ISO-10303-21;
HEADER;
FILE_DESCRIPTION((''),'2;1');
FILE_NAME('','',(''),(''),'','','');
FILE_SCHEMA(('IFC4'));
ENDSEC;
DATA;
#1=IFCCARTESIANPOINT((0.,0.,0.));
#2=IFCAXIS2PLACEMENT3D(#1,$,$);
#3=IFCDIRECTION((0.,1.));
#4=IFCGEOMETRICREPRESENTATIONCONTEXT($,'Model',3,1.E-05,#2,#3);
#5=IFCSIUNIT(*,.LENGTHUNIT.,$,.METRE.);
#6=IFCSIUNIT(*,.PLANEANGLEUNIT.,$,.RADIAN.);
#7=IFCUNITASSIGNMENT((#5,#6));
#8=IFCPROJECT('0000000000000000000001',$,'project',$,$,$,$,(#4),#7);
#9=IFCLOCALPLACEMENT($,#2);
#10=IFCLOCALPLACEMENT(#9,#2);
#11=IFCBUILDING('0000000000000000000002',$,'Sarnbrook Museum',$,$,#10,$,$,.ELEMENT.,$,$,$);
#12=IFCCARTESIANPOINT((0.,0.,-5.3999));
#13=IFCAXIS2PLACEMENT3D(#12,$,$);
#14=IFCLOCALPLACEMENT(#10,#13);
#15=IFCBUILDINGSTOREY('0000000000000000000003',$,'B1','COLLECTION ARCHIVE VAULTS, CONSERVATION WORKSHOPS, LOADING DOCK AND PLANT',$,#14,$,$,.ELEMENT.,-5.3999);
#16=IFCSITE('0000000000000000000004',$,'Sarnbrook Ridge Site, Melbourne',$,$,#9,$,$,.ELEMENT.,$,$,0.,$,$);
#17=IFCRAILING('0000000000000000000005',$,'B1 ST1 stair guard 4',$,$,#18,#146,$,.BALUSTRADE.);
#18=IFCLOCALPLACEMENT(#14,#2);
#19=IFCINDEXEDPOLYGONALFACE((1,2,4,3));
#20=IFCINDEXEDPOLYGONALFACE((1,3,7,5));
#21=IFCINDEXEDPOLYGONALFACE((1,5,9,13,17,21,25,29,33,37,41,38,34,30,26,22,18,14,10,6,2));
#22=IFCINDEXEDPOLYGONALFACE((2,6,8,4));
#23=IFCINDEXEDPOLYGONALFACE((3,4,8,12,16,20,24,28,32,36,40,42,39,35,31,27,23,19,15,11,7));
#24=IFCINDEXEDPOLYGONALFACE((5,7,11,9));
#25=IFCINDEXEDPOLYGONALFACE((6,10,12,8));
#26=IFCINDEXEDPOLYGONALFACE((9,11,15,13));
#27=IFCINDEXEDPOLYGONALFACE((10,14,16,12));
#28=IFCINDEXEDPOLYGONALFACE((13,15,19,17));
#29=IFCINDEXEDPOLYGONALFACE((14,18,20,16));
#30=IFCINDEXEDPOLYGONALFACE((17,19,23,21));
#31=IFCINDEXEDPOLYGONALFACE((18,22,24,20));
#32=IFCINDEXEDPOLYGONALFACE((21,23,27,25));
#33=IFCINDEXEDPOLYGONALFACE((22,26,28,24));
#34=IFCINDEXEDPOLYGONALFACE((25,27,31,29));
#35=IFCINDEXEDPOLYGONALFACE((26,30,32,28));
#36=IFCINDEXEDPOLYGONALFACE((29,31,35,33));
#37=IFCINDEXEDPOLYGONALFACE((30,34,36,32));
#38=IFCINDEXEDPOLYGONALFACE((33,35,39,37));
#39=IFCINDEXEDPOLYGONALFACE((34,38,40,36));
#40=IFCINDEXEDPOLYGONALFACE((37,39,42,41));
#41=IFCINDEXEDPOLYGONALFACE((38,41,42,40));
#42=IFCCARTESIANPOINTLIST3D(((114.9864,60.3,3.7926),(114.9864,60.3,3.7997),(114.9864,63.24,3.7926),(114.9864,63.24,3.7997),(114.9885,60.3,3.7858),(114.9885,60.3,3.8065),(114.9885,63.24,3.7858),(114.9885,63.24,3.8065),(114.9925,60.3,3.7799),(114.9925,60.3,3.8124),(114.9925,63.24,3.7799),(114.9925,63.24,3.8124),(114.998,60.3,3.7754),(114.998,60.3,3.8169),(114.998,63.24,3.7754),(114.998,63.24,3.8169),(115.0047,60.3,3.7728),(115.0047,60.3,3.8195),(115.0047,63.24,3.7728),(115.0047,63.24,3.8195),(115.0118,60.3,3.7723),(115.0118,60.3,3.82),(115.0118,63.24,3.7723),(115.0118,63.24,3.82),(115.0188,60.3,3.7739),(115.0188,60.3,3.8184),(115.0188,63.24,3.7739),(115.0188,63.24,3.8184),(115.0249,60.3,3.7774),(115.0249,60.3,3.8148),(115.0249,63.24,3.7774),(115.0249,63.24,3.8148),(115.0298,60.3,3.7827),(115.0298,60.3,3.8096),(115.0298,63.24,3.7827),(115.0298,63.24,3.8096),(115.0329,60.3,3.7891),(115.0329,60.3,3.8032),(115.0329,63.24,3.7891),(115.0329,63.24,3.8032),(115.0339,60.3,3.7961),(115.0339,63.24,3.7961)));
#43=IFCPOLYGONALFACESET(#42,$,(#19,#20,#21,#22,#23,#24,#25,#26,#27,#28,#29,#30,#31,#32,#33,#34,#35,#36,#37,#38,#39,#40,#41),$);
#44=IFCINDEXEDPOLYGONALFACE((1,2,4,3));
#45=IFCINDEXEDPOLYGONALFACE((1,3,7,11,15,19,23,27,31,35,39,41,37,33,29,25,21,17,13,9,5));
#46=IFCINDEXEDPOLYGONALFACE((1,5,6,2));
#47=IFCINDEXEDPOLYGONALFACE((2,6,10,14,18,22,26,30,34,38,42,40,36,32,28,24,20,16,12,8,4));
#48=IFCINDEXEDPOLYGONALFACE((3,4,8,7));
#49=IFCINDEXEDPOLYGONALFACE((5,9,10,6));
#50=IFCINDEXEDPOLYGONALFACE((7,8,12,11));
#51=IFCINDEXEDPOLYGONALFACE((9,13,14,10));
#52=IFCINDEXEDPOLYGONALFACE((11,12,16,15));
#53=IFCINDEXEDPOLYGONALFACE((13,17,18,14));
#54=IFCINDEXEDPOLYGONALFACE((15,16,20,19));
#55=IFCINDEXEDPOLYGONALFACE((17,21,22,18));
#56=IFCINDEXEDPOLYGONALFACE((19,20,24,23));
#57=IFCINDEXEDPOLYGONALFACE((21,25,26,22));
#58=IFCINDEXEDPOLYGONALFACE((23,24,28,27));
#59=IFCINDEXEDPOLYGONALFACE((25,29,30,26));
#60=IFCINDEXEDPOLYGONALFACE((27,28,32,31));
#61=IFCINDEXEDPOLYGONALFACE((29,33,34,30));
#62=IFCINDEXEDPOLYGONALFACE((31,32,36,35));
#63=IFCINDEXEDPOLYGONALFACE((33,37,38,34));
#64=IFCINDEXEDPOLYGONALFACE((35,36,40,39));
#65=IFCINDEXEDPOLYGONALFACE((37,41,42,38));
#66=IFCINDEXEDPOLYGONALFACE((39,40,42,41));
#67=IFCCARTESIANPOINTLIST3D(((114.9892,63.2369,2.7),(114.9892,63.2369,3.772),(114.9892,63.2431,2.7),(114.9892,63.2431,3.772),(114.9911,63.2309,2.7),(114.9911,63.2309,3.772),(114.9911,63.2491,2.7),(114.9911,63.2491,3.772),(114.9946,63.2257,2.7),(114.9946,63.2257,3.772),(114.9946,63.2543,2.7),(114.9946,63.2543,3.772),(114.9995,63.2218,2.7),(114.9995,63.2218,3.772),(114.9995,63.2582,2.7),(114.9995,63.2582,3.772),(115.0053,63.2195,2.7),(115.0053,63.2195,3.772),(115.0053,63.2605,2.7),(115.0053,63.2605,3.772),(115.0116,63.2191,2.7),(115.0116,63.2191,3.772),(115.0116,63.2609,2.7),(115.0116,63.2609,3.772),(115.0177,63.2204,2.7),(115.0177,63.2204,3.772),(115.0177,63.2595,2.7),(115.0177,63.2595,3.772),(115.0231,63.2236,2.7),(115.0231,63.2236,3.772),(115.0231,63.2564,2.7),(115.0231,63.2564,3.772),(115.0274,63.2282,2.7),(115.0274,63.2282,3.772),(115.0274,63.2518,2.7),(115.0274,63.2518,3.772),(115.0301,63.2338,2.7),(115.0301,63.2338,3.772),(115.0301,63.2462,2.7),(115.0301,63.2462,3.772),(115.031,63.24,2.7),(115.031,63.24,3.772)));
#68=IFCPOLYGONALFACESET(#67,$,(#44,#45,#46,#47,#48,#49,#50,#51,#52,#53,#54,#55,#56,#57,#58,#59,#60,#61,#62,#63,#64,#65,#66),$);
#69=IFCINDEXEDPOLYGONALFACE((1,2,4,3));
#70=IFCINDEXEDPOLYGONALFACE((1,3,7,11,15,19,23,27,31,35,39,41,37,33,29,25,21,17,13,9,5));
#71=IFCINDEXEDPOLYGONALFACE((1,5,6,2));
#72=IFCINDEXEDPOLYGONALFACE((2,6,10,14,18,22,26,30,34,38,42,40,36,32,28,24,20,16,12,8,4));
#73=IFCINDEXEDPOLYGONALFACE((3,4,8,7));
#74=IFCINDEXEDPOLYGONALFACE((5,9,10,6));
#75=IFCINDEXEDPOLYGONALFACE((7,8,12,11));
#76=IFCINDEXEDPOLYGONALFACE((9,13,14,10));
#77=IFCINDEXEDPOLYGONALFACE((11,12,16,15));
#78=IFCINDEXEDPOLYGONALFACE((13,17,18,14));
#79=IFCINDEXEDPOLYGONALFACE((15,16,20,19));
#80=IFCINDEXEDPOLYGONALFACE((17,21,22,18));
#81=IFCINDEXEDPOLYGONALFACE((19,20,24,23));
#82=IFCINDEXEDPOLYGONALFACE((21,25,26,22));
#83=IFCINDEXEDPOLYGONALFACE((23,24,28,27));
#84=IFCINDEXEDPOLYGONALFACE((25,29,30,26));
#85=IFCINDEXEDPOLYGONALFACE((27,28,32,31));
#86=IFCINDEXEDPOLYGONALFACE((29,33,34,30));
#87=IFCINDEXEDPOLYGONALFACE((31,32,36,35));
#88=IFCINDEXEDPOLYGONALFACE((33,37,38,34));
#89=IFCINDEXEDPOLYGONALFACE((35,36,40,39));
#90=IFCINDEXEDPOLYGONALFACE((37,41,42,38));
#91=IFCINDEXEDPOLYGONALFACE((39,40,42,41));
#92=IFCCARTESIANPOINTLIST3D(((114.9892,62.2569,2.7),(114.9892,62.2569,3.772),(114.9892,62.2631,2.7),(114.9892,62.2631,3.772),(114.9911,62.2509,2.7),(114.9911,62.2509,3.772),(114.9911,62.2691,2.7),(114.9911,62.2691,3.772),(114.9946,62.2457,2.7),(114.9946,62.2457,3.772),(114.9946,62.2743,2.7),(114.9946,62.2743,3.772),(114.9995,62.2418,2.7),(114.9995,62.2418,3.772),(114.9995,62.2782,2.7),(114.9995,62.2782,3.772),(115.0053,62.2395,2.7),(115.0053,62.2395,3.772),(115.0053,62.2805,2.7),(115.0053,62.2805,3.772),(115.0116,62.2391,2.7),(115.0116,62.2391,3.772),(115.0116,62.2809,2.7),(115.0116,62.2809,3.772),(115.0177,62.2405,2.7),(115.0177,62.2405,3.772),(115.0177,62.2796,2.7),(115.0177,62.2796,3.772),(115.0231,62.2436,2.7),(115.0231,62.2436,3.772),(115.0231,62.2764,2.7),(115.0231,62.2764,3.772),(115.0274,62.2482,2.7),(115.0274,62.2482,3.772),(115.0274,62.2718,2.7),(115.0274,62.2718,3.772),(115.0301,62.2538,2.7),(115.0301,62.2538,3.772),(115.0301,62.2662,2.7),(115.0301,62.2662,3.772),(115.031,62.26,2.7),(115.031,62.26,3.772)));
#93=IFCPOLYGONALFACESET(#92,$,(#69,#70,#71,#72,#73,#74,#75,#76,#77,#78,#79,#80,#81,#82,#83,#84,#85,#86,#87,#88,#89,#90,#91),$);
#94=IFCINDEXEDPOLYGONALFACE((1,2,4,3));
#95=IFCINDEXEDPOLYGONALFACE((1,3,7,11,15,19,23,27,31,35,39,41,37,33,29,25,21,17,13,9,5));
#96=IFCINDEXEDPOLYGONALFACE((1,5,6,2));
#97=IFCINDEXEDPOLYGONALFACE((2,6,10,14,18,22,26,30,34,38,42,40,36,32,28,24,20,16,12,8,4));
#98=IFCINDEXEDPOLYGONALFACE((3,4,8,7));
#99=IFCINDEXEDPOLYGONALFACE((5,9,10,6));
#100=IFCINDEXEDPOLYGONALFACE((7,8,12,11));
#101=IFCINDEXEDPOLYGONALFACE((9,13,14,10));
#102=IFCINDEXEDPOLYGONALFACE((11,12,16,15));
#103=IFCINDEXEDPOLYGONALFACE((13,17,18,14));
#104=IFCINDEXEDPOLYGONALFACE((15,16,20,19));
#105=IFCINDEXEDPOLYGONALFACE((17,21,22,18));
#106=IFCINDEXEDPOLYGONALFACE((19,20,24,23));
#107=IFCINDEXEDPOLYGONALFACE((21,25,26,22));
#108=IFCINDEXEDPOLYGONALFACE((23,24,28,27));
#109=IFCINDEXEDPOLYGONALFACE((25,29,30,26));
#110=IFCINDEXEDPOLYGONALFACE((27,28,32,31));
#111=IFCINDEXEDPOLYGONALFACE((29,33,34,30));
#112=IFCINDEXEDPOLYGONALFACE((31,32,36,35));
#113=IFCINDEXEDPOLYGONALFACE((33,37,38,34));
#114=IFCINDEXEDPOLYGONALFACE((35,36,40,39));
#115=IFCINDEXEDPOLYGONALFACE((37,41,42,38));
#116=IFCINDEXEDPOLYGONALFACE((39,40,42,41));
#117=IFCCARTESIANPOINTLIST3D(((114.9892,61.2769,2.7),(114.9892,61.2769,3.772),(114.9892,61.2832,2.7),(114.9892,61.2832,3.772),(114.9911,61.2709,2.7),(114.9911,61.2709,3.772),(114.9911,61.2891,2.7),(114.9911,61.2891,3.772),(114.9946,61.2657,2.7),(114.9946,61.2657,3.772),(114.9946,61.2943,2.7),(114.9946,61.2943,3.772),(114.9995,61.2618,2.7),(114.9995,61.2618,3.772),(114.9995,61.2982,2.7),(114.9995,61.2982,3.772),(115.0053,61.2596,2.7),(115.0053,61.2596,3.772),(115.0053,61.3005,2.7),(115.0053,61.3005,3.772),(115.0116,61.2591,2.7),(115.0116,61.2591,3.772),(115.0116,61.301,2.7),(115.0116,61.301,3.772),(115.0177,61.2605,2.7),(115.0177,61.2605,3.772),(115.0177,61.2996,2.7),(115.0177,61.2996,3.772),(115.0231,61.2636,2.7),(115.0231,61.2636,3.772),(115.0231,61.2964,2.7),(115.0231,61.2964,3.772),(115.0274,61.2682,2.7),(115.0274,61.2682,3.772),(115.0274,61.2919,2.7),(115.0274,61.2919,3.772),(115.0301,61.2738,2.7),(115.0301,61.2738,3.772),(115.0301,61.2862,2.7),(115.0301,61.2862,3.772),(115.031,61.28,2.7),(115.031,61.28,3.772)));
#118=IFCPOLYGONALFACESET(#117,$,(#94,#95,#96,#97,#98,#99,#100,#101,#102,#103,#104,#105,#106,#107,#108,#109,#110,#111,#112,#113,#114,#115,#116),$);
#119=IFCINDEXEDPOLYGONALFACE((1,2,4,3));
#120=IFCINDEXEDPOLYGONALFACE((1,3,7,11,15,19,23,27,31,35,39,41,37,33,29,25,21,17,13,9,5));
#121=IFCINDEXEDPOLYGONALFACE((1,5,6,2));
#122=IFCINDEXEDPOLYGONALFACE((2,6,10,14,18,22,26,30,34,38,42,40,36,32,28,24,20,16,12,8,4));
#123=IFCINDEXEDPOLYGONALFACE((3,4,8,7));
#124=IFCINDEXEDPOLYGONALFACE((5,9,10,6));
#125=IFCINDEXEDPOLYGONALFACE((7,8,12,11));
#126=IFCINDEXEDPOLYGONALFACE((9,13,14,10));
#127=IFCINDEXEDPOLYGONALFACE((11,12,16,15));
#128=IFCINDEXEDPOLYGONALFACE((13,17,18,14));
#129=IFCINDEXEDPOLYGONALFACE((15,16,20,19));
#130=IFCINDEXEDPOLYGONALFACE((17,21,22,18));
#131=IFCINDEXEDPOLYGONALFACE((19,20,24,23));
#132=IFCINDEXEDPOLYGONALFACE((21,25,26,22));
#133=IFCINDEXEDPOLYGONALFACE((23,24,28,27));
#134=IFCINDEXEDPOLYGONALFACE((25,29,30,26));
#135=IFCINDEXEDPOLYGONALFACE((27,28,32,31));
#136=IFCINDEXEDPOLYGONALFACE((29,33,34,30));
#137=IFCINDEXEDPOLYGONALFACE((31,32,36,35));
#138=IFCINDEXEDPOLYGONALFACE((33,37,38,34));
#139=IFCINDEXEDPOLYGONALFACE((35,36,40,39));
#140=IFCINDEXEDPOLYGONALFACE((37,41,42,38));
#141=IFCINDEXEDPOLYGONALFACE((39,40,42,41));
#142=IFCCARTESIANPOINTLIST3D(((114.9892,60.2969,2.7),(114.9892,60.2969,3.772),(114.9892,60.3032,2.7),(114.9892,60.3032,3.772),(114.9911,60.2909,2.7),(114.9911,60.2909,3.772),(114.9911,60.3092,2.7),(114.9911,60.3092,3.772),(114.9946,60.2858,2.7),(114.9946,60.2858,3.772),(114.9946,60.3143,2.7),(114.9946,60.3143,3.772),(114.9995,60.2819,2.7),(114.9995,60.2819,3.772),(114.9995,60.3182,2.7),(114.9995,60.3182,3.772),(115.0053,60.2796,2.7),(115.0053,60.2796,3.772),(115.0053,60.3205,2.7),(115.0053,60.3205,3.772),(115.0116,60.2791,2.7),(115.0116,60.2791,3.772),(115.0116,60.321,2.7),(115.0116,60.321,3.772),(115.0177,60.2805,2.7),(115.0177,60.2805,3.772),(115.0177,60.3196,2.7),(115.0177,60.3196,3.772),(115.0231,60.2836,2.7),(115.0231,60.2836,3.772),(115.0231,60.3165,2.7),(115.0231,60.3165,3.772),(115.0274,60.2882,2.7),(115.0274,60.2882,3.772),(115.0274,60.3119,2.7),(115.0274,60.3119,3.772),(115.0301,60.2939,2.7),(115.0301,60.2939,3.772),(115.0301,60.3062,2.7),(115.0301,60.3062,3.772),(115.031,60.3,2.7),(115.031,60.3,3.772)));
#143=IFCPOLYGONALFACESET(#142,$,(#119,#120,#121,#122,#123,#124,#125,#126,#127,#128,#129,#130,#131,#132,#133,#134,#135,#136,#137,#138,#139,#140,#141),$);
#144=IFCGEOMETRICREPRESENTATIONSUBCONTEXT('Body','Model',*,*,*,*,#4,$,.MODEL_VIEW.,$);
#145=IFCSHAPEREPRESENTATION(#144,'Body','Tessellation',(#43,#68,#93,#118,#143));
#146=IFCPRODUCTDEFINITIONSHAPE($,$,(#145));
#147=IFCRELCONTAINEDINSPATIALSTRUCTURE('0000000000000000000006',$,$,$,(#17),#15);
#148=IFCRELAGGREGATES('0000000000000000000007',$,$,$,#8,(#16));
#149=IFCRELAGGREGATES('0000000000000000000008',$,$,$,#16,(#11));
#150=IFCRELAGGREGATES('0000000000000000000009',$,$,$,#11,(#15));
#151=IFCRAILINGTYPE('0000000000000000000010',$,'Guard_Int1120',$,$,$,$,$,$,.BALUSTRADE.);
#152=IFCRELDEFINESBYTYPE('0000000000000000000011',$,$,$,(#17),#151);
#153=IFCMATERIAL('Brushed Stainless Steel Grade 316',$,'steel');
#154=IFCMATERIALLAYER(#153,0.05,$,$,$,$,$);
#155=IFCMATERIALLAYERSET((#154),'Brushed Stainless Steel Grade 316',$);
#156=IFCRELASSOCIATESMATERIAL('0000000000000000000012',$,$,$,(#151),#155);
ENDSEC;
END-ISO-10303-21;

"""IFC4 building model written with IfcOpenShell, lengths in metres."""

from ifc_helpers import new_model, si_unit, direction, frame, origin, origin_2d, place, context, subcontext, project, spatial, circle, extrude, material, layer, layer_set, type_object, element, save


model = new_model("IFC4")

# Units and contexts
model_context = context("Model", 3, precision=1e-05, world=origin(), true_north=direction((0.0, 1.0)))
body_context = subcontext(model_context, "Body", "Model", "MODEL_VIEW")
ifc_project = project(units=[si_unit("LENGTHUNIT", "METRE"), si_unit("PLANEANGLEUNIT", "RADIAN")], contexts=[model_context])

# Site, building, storey
site_placement = place(None, origin())
site = spatial("IfcSite", under=ifc_project, at=site_placement, Name="Sarnbrook Ridge Site, Melbourne", CompositionType="ELEMENT", RefElevation=0.0)
building_placement = place(site_placement, origin())
building = spatial("IfcBuilding", under=site, at=building_placement, Name="Sarnbrook Museum", CompositionType="ELEMENT")
storey_placement = place(building_placement, frame((0.0, 0.0, -5.3999)))
storey = spatial("IfcBuildingStorey", under=building, at=storey_placement, Name="B1", Description="COLLECTION ARCHIVE VAULTS, CONSERVATION WORKSHOPS, LOADING DOCK AND PLANT", CompositionType="ELEMENT", Elevation=-5.3999)

# Shared definitions
ifc_material_1 = material(Name="Brushed Stainless Steel Grade 316", Category="steel")

# Railing
ifc_layer_1 = layer(ifc_material_1, 0.05)
ifc_layer_set_1 = layer_set([ifc_layer_1], Name="Brushed Stainless Steel Grade 316")
railing_type_1 = type_object("IfcRailingType", Name="Guard_Int1120", PredefinedType="BALUSTRADE", material=ifc_layer_set_1)
for number, where, name in (
    (1, (115.01, 63.24, 2.7), "B1 ST1 stair guard 4"),
):
    element("IfcRailing", number, at=place(storey_placement, frame(where)), inside=storey, type_object=railing_type_1, Name=name, PredefinedType="BALUSTRADE", context=body_context, shape_type="SweptSolid", body=[
        extrude(circle(Radius=0.0239, at=origin_2d()), frame((0.0, 0.0, 1.0962), z_axis=(0.0, -1.0, 0.0), x_axis=(1.0, 0.0, 0.0)), (0.0, 0.0, 1.0), 2.9399),
        extrude(circle(Radius=0.021, at=origin_2d()), origin(), (0.0, 0.0, 1.0), 1.072),
        extrude(circle(Radius=0.021, at=origin_2d()), frame((0.0, -0.98, 0.0)), (0.0, 0.0, 1.0), 1.072),
        extrude(circle(Radius=0.021, at=origin_2d()), frame((0.0, -1.96, 0.0)), (0.0, 0.0, 1.0), 1.072),
        extrude(circle(Radius=0.021, at=origin_2d()), frame((0.0, -2.9399, 0.0)), (0.0, 0.0, 1.0), 1.072),
    ])

save(model, "model.ifc")
